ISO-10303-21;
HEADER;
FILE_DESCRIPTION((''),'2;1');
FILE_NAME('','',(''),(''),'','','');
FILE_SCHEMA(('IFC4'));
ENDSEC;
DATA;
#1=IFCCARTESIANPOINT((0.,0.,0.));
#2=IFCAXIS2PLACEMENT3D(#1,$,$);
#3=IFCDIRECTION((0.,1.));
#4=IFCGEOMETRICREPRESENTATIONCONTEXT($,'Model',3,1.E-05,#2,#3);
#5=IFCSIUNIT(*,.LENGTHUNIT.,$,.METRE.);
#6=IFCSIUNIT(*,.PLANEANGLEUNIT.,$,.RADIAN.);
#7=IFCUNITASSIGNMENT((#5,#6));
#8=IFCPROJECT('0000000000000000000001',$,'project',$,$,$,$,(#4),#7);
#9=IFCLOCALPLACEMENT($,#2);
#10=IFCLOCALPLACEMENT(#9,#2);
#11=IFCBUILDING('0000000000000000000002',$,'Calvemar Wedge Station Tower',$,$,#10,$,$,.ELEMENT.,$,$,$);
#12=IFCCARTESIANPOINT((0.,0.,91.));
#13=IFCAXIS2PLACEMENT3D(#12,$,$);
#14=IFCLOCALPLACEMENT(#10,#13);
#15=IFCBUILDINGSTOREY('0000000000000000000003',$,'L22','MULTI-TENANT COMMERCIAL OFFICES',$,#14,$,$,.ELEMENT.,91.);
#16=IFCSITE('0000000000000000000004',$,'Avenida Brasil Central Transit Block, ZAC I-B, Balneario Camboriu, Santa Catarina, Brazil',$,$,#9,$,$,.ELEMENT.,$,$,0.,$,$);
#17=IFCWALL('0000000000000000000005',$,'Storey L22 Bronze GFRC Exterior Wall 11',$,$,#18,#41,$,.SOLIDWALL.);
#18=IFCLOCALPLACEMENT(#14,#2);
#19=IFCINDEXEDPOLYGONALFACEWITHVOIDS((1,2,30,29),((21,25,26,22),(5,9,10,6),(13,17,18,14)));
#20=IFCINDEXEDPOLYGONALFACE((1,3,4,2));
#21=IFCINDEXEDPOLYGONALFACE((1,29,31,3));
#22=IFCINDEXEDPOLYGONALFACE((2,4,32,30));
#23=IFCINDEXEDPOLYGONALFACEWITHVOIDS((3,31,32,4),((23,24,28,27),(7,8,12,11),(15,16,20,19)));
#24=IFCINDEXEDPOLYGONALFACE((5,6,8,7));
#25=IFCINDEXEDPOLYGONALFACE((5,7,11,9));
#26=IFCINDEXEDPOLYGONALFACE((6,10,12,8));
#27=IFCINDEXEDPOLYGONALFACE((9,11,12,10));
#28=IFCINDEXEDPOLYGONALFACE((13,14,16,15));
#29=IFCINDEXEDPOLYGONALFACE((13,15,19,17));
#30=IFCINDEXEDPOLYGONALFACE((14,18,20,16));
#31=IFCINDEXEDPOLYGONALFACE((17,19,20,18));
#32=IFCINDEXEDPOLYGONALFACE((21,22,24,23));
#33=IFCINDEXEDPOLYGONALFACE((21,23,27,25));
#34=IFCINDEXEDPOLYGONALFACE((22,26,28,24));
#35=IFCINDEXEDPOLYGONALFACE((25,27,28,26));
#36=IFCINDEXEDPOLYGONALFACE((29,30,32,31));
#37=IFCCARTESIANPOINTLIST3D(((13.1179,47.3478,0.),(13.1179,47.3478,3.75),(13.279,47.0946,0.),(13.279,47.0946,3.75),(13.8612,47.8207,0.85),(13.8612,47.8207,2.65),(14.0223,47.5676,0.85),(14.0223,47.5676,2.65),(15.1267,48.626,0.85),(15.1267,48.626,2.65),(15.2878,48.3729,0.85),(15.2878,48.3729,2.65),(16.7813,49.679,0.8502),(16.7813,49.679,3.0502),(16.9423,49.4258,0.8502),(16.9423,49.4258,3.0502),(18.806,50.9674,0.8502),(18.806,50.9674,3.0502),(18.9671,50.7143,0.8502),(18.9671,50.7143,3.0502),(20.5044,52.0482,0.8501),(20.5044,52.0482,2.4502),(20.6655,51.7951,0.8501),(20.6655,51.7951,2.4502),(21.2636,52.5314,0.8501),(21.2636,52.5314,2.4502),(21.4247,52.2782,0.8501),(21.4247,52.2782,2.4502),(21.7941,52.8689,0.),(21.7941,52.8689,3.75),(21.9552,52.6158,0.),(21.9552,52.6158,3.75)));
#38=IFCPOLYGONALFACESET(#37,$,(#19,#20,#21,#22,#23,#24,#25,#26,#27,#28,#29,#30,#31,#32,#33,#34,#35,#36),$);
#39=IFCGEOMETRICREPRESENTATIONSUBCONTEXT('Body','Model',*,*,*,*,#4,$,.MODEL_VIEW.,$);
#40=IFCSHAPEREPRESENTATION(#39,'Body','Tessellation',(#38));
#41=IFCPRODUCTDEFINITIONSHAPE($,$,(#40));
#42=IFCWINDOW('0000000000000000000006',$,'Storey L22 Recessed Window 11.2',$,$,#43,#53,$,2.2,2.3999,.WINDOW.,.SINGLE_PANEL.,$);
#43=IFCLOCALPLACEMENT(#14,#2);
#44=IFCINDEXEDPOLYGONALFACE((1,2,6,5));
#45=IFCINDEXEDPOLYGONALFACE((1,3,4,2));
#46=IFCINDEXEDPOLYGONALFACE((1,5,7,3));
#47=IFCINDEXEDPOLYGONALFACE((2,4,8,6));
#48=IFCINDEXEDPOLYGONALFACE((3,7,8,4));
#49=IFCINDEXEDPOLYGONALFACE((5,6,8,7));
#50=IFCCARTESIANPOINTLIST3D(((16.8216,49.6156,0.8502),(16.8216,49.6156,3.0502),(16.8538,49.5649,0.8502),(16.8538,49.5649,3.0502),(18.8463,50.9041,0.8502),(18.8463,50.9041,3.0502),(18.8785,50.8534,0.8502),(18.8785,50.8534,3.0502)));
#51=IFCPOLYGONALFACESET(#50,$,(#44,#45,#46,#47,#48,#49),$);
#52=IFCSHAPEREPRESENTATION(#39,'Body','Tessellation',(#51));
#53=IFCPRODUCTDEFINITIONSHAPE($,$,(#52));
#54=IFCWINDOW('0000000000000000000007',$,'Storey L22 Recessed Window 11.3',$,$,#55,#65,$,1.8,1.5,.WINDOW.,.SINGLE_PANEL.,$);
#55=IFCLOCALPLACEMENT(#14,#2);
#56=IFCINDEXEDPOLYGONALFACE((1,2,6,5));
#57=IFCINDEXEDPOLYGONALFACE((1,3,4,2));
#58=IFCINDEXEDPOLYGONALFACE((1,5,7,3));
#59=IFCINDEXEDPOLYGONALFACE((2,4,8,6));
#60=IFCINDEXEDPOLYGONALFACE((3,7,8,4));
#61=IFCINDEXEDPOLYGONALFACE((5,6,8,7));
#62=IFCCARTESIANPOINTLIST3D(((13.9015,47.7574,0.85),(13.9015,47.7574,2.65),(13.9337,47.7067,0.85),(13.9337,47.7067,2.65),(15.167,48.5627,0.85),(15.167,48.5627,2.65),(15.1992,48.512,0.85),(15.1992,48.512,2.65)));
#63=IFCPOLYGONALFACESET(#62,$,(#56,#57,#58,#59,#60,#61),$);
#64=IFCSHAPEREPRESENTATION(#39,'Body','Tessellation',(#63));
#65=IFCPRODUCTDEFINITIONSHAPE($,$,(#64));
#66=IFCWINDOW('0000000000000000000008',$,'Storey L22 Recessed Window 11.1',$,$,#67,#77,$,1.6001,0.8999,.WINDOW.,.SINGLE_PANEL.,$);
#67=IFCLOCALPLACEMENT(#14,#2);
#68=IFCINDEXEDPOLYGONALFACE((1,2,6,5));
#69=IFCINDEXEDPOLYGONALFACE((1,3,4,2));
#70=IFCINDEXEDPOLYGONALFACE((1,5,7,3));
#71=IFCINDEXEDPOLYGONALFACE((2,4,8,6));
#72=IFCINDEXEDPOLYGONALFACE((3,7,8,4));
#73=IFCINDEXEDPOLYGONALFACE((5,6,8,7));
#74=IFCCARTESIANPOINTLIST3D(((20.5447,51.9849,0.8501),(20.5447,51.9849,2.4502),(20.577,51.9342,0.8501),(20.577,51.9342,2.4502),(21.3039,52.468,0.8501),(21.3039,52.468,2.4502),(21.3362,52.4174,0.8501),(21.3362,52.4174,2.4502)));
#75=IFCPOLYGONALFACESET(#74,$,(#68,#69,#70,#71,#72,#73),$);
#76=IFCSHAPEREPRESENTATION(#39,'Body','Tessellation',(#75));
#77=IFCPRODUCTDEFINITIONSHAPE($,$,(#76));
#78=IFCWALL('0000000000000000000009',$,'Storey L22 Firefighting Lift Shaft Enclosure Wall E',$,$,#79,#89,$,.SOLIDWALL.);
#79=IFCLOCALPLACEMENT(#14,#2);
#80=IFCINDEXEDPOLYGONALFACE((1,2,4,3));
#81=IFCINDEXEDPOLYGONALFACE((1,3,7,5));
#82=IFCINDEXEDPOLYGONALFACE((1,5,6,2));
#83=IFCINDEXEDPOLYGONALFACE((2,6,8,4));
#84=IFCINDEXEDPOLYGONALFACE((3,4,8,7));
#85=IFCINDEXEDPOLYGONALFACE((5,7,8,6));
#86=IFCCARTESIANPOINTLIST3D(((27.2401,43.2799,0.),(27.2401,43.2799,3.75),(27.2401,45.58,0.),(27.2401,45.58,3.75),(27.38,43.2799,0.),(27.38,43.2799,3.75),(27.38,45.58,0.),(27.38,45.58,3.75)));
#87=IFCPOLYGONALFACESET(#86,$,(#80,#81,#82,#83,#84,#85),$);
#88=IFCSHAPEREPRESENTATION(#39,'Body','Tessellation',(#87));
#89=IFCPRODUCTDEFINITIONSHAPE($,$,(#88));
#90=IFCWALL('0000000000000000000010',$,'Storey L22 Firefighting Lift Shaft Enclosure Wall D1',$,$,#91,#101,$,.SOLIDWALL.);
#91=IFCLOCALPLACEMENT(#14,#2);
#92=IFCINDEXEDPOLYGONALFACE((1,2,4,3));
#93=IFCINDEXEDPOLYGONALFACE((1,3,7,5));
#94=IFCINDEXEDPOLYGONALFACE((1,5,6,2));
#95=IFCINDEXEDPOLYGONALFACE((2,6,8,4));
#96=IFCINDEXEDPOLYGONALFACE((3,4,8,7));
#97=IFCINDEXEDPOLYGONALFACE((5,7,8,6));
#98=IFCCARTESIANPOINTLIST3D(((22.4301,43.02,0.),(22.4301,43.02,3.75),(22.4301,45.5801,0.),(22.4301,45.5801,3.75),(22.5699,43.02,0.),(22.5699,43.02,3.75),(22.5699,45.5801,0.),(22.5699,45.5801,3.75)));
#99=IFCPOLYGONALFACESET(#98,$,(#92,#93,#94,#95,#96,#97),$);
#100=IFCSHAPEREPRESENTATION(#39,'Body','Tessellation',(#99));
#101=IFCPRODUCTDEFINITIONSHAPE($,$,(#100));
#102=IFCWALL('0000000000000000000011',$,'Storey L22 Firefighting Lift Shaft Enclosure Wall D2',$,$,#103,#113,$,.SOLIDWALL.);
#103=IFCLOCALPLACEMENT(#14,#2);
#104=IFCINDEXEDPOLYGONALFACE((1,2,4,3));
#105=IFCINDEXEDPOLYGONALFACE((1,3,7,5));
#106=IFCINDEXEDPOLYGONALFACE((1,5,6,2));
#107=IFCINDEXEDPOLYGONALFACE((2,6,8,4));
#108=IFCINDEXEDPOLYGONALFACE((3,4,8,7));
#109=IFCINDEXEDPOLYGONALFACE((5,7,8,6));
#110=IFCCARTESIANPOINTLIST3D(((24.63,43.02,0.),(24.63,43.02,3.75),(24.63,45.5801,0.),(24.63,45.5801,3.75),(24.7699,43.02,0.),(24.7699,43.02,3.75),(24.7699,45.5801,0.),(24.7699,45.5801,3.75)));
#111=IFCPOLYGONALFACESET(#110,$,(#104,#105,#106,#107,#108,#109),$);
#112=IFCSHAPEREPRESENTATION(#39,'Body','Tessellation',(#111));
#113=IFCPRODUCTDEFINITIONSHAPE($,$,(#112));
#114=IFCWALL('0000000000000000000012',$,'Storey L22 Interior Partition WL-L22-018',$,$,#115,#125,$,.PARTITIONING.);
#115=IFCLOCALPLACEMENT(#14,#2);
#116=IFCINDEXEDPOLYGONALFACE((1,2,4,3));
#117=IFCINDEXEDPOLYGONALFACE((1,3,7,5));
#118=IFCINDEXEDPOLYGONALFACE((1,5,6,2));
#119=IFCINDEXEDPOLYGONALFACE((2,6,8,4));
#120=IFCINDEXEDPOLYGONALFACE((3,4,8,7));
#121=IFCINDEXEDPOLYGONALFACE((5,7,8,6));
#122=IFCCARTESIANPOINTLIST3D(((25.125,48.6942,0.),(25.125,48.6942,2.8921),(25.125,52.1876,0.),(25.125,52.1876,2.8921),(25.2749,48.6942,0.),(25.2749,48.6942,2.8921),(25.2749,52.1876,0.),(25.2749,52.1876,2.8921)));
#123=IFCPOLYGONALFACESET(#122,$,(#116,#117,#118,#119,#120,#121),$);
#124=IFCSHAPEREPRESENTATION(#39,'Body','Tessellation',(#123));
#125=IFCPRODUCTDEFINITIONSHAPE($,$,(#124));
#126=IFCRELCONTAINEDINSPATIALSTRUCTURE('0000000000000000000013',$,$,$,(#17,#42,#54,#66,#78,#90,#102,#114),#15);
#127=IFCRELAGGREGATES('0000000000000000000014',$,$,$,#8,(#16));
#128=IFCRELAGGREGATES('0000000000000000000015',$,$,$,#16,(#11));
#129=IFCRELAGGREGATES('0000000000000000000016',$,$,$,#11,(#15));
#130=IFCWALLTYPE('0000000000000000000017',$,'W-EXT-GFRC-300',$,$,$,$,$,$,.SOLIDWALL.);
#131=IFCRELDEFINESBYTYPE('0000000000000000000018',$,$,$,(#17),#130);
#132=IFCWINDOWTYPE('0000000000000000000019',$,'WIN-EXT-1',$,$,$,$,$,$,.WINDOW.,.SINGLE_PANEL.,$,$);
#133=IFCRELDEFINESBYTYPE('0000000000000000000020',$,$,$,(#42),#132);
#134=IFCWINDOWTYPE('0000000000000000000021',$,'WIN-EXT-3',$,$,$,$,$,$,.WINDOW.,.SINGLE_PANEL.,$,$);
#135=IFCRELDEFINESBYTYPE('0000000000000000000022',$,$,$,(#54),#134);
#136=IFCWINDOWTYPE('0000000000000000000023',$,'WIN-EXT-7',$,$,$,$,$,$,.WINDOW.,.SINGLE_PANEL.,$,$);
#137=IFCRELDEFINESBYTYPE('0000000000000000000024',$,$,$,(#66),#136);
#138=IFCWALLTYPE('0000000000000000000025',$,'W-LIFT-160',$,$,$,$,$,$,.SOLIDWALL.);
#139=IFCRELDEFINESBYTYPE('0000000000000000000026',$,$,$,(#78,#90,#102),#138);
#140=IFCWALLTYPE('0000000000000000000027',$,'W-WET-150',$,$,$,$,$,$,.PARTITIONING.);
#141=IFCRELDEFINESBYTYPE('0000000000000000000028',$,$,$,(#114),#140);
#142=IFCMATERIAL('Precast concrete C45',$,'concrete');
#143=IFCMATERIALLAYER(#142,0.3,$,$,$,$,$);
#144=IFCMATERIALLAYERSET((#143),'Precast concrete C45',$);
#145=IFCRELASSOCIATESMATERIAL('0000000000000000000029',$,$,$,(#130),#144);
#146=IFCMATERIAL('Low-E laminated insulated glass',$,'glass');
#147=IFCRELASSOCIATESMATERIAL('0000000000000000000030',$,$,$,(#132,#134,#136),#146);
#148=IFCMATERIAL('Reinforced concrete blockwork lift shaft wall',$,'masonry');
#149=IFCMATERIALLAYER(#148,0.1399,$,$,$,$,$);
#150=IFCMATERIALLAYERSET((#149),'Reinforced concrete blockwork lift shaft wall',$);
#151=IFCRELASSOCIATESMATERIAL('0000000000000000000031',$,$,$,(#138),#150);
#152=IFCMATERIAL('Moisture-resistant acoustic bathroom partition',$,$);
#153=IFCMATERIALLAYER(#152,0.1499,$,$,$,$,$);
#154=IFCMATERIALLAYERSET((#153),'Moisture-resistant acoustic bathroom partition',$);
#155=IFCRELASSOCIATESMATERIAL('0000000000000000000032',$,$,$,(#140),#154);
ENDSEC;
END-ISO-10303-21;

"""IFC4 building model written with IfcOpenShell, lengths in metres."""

from ifc_helpers import new_model, si_unit, direction, frame, frame_2d, origin, place, context, subcontext, project, spatial, rectangle, extrude, source, transform, mapped, material, layer, layer_set, type_object, element, fill, save


model = new_model("IFC4")

# Units and contexts
model_context = context("Model", 3, precision=1e-05, world=origin(), true_north=direction((0.0, 1.0)))
body_context = subcontext(model_context, "Body", "Model", "MODEL_VIEW")
ifc_project = project(units=[si_unit("LENGTHUNIT", "METRE"), si_unit("PLANEANGLEUNIT", "RADIAN")], contexts=[model_context])

# Site, building, storey
site_placement = place(None, origin())
site = spatial("IfcSite", under=ifc_project, at=site_placement, Name="Avenida Brasil Central Transit Block, ZAC I-B, Balneario Camboriu, Santa Catarina, Brazil", CompositionType="ELEMENT", RefElevation=0.0)
building_placement = place(site_placement, origin())
building = spatial("IfcBuilding", under=site, at=building_placement, Name="Calvemar Wedge Station Tower", CompositionType="ELEMENT")
storey_placement = place(building_placement, frame((0.0, 0.0, 91.0)))
storey = spatial("IfcBuildingStorey", under=building, at=storey_placement, Name="L22", Description="MULTI-TENANT COMMERCIAL OFFICES", CompositionType="ELEMENT", Elevation=91.0)

# Wall, openings, windows
ifc_material_1 = material(Name="Precast concrete C45", Category="concrete")
ifc_layer_1 = layer(ifc_material_1, 0.3)
ifc_layer_set_1 = layer_set([ifc_layer_1], Name="Precast concrete C45")
wall_type_1 = type_object("IfcWallType", Name="W-EXT-GFRC-300", PredefinedType="SOLIDWALL", material=ifc_layer_set_1)
wall_1_placement = place(storey_placement, frame((21.8748, 52.7424, 0.0), z_axis=(0.0, 0.0, 1.0), x_axis=(-0.843662, -0.536874, 0.0)))
wall_1 = element("IfcWall", 1, at=wall_1_placement, inside=storey, type_object=wall_type_1, Name="Storey L22 Bronze GFRC Exterior Wall 11", PredefinedType="SOLIDWALL", context=body_context, shape_type="SweptSolid", body=[
    extrude(rectangle(XDim=10.2839, YDim=0.3, at=frame_2d((5.1421, 0.0))), origin(), (0.0, 0.0, 1.0), 3.75),
])
shared_shape_1 = source(origin(), body_context, "Body", "SweptSolid", [
    extrude(rectangle(XDim=0.8999, YDim=1.6001, at=frame_2d((0.45, 0.8))), frame((0.0, 0.1602, 0.0), z_axis=(0.0, -1.0, 0.0), x_axis=(1.0, 0.0, 0.0)), (0.0, 0.0, 1.0), 0.3201),
])
opening_1_placement = place(wall_1_placement, frame((0.6289, 0.0, 0.8501)))
opening_1 = element("IfcOpeningElement", 2, at=opening_1_placement, cuts=wall_1, PredefinedType="OPENING", context=body_context, shape_type="MappedRepresentation", body=[
    mapped(shared_shape_1, transform((0.0, 0.0, 0.0), scale=1.0)),
])
shared_shape_2 = source(origin(), body_context, "Body", "SweptSolid", [
    extrude(rectangle(XDim=2.3999, YDim=2.2, at=frame_2d((1.2, 1.1001))), frame((0.0, 0.1602, 0.0), z_axis=(0.0, -1.0, 0.0), x_axis=(1.0, 0.0, 0.0)), (0.0, 0.0, 1.0), 0.3201),
])
opening_2_placement = place(wall_1_placement, frame((3.542, 0.0, 0.8501)))
opening_2 = element("IfcOpeningElement", 3, at=opening_2_placement, cuts=wall_1, PredefinedType="OPENING", context=body_context, shape_type="MappedRepresentation", body=[
    mapped(shared_shape_2, transform((0.0, 0.0, 0.0), scale=1.0)),
])
shared_shape_3 = source(origin(), body_context, "Body", "SweptSolid", [
    extrude(rectangle(XDim=1.5, YDim=1.8, at=frame_2d((0.75, 0.8999))), frame((0.0, 0.1602, 0.0), z_axis=(0.0, -1.0, 0.0), x_axis=(1.0, 0.0, 0.0)), (0.0, 0.0, 1.0), 0.3201),
])
opening_3_placement = place(wall_1_placement, frame((7.9031, 0.0, 0.8501)))
opening_3 = element("IfcOpeningElement", 4, at=opening_3_placement, cuts=wall_1, PredefinedType="OPENING", context=body_context, shape_type="MappedRepresentation", body=[
    mapped(shared_shape_3, transform((0.0, 0.0, 0.0), scale=1.0)),
])
ifc_material_2 = material(Name="Low-E laminated insulated glass", Category="glass")
window_type_1 = type_object("IfcWindowType", Name="WIN-EXT-1", PartitioningType="SINGLE_PANEL", PredefinedType="WINDOW", material=ifc_material_2)
shared_shape_4 = source(origin(), body_context, "Body", "SweptSolid", [
    extrude(rectangle(XDim=2.3999, YDim=2.2, at=frame_2d((1.2, 1.1001))), frame((0.0, -0.0149, 0.0), z_axis=(0.0, -1.0, 0.0), x_axis=(1.0, 0.0, 0.0)), (0.0, 0.0, 1.0), 0.0601),
])
window_1_placement = place(opening_2_placement, origin())
window_1 = element("IfcWindow", 5, at=window_1_placement, inside=storey, type_object=window_type_1, Name="Storey L22 Recessed Window 11.2", OverallHeight=2.2, OverallWidth=2.3999, PartitioningType="SINGLE_PANEL", PredefinedType="WINDOW", context=body_context, shape_type="MappedRepresentation", body=[
    mapped(shared_shape_4, transform((0.0, 0.0, 0.0), scale=1.0)),
])
fill(opening_2, window_1)
window_type_2 = type_object("IfcWindowType", Name="WIN-EXT-3", PartitioningType="SINGLE_PANEL", PredefinedType="WINDOW", material=ifc_material_2)
shared_shape_5 = source(origin(), body_context, "Body", "SweptSolid", [
    extrude(rectangle(XDim=1.5, YDim=1.8, at=frame_2d((0.75, 0.8999))), frame((0.0, -0.0149, 0.0), z_axis=(0.0, -1.0, 0.0), x_axis=(1.0, 0.0, 0.0)), (0.0, 0.0, 1.0), 0.0601),
])
window_2_placement = place(opening_3_placement, origin())
window_2 = element("IfcWindow", 6, at=window_2_placement, inside=storey, type_object=window_type_2, Name="Storey L22 Recessed Window 11.3", OverallHeight=1.8, OverallWidth=1.5, PartitioningType="SINGLE_PANEL", PredefinedType="WINDOW", context=body_context, shape_type="MappedRepresentation", body=[
    mapped(shared_shape_5, transform((0.0, 0.0, 0.0), scale=1.0)),
])
fill(opening_3, window_2)
window_type_3 = type_object("IfcWindowType", Name="WIN-EXT-7", PartitioningType="SINGLE_PANEL", PredefinedType="WINDOW", material=ifc_material_2)
shared_shape_6 = source(origin(), body_context, "Body", "SweptSolid", [
    extrude(rectangle(XDim=0.8999, YDim=1.6001, at=frame_2d((0.45, 0.8))), frame((0.0, -0.0149, 0.0), z_axis=(0.0, -1.0, 0.0), x_axis=(1.0, 0.0, 0.0)), (0.0, 0.0, 1.0), 0.0601),
])
window_3_placement = place(opening_1_placement, origin())
window_3 = element("IfcWindow", 7, at=window_3_placement, inside=storey, type_object=window_type_3, Name="Storey L22 Recessed Window 11.1", OverallHeight=1.6001, OverallWidth=0.8999, PartitioningType="SINGLE_PANEL", PredefinedType="WINDOW", context=body_context, shape_type="MappedRepresentation", body=[
    mapped(shared_shape_6, transform((0.0, 0.0, 0.0), scale=1.0)),
])
fill(opening_1, window_3)

# Shared definitions
ifc_material_3 = material(Name="Reinforced concrete blockwork lift shaft wall", Category="masonry")
ifc_layer_2 = layer(ifc_material_3, 0.1399)
ifc_layer_set_2 = layer_set([ifc_layer_2], Name="Reinforced concrete blockwork lift shaft wall")
wall_type_2 = type_object("IfcWallType", Name="W-LIFT-160", PredefinedType="SOLIDWALL", material=ifc_layer_set_2)

# Walls
wall_2_placement = place(storey_placement, frame((27.3101, 43.28, 0.0), z_axis=(0.0, 0.0, 1.0), x_axis=(0.0, 1.0, 0.0)))
element("IfcWall", 8, at=wall_2_placement, inside=storey, type_object=wall_type_2, Name="Storey L22 Firefighting Lift Shaft Enclosure Wall E", PredefinedType="SOLIDWALL", context=body_context, shape_type="SweptSolid", body=[
    extrude(rectangle(XDim=2.3, YDim=0.1399, at=frame_2d((1.1499, 0.0))), origin(), (0.0, 0.0, 1.0), 3.75),
])
for number, where, z_axis, x_axis, name in (
    (9, (22.5, 43.02, 0.0), (0.0, 0.0, 1.0), (0.0, 1.0, 0.0), "Storey L22 Firefighting Lift Shaft Enclosure Wall D1"),
    (10, (24.7, 43.02, 0.0), (0.0, 0.0, 1.0), (0.0, 1.0, 0.0), "Storey L22 Firefighting Lift Shaft Enclosure Wall D2"),
):
    element("IfcWall", number, at=place(storey_placement, frame(where, z_axis=z_axis, x_axis=x_axis)), inside=storey, type_object=wall_type_2, Name=name, PredefinedType="SOLIDWALL", context=body_context, shape_type="SweptSolid", body=[
        extrude(rectangle(XDim=2.5601, YDim=0.1399, at=frame_2d((1.28, 0.0))), origin(), (0.0, 0.0, 1.0), 3.75),
    ])
ifc_material_4 = material(Name="Moisture-resistant acoustic bathroom partition")
ifc_layer_3 = layer(ifc_material_4, 0.1499)
ifc_layer_set_3 = layer_set([ifc_layer_3], Name="Moisture-resistant acoustic bathroom partition")
wall_type_3 = type_object("IfcWallType", Name="W-WET-150", PredefinedType="PARTITIONING", material=ifc_layer_set_3)
wall_3_placement = place(storey_placement, frame((25.2, 52.1875, 0.0), z_axis=(0.0, 0.0, 1.0), x_axis=(0.0, -1.0, 0.0)))
element("IfcWall", 11, at=wall_3_placement, inside=storey, type_object=wall_type_3, Name="Storey L22 Interior Partition WL-L22-018", PredefinedType="PARTITIONING", context=body_context, shape_type="SweptSolid", body=[
    extrude(rectangle(XDim=3.4934, YDim=0.1499, at=frame_2d((1.7466, 0.0))), origin(), (0.0, 0.0, 1.0), 2.8921),
])

save(model, "model.ifc")
